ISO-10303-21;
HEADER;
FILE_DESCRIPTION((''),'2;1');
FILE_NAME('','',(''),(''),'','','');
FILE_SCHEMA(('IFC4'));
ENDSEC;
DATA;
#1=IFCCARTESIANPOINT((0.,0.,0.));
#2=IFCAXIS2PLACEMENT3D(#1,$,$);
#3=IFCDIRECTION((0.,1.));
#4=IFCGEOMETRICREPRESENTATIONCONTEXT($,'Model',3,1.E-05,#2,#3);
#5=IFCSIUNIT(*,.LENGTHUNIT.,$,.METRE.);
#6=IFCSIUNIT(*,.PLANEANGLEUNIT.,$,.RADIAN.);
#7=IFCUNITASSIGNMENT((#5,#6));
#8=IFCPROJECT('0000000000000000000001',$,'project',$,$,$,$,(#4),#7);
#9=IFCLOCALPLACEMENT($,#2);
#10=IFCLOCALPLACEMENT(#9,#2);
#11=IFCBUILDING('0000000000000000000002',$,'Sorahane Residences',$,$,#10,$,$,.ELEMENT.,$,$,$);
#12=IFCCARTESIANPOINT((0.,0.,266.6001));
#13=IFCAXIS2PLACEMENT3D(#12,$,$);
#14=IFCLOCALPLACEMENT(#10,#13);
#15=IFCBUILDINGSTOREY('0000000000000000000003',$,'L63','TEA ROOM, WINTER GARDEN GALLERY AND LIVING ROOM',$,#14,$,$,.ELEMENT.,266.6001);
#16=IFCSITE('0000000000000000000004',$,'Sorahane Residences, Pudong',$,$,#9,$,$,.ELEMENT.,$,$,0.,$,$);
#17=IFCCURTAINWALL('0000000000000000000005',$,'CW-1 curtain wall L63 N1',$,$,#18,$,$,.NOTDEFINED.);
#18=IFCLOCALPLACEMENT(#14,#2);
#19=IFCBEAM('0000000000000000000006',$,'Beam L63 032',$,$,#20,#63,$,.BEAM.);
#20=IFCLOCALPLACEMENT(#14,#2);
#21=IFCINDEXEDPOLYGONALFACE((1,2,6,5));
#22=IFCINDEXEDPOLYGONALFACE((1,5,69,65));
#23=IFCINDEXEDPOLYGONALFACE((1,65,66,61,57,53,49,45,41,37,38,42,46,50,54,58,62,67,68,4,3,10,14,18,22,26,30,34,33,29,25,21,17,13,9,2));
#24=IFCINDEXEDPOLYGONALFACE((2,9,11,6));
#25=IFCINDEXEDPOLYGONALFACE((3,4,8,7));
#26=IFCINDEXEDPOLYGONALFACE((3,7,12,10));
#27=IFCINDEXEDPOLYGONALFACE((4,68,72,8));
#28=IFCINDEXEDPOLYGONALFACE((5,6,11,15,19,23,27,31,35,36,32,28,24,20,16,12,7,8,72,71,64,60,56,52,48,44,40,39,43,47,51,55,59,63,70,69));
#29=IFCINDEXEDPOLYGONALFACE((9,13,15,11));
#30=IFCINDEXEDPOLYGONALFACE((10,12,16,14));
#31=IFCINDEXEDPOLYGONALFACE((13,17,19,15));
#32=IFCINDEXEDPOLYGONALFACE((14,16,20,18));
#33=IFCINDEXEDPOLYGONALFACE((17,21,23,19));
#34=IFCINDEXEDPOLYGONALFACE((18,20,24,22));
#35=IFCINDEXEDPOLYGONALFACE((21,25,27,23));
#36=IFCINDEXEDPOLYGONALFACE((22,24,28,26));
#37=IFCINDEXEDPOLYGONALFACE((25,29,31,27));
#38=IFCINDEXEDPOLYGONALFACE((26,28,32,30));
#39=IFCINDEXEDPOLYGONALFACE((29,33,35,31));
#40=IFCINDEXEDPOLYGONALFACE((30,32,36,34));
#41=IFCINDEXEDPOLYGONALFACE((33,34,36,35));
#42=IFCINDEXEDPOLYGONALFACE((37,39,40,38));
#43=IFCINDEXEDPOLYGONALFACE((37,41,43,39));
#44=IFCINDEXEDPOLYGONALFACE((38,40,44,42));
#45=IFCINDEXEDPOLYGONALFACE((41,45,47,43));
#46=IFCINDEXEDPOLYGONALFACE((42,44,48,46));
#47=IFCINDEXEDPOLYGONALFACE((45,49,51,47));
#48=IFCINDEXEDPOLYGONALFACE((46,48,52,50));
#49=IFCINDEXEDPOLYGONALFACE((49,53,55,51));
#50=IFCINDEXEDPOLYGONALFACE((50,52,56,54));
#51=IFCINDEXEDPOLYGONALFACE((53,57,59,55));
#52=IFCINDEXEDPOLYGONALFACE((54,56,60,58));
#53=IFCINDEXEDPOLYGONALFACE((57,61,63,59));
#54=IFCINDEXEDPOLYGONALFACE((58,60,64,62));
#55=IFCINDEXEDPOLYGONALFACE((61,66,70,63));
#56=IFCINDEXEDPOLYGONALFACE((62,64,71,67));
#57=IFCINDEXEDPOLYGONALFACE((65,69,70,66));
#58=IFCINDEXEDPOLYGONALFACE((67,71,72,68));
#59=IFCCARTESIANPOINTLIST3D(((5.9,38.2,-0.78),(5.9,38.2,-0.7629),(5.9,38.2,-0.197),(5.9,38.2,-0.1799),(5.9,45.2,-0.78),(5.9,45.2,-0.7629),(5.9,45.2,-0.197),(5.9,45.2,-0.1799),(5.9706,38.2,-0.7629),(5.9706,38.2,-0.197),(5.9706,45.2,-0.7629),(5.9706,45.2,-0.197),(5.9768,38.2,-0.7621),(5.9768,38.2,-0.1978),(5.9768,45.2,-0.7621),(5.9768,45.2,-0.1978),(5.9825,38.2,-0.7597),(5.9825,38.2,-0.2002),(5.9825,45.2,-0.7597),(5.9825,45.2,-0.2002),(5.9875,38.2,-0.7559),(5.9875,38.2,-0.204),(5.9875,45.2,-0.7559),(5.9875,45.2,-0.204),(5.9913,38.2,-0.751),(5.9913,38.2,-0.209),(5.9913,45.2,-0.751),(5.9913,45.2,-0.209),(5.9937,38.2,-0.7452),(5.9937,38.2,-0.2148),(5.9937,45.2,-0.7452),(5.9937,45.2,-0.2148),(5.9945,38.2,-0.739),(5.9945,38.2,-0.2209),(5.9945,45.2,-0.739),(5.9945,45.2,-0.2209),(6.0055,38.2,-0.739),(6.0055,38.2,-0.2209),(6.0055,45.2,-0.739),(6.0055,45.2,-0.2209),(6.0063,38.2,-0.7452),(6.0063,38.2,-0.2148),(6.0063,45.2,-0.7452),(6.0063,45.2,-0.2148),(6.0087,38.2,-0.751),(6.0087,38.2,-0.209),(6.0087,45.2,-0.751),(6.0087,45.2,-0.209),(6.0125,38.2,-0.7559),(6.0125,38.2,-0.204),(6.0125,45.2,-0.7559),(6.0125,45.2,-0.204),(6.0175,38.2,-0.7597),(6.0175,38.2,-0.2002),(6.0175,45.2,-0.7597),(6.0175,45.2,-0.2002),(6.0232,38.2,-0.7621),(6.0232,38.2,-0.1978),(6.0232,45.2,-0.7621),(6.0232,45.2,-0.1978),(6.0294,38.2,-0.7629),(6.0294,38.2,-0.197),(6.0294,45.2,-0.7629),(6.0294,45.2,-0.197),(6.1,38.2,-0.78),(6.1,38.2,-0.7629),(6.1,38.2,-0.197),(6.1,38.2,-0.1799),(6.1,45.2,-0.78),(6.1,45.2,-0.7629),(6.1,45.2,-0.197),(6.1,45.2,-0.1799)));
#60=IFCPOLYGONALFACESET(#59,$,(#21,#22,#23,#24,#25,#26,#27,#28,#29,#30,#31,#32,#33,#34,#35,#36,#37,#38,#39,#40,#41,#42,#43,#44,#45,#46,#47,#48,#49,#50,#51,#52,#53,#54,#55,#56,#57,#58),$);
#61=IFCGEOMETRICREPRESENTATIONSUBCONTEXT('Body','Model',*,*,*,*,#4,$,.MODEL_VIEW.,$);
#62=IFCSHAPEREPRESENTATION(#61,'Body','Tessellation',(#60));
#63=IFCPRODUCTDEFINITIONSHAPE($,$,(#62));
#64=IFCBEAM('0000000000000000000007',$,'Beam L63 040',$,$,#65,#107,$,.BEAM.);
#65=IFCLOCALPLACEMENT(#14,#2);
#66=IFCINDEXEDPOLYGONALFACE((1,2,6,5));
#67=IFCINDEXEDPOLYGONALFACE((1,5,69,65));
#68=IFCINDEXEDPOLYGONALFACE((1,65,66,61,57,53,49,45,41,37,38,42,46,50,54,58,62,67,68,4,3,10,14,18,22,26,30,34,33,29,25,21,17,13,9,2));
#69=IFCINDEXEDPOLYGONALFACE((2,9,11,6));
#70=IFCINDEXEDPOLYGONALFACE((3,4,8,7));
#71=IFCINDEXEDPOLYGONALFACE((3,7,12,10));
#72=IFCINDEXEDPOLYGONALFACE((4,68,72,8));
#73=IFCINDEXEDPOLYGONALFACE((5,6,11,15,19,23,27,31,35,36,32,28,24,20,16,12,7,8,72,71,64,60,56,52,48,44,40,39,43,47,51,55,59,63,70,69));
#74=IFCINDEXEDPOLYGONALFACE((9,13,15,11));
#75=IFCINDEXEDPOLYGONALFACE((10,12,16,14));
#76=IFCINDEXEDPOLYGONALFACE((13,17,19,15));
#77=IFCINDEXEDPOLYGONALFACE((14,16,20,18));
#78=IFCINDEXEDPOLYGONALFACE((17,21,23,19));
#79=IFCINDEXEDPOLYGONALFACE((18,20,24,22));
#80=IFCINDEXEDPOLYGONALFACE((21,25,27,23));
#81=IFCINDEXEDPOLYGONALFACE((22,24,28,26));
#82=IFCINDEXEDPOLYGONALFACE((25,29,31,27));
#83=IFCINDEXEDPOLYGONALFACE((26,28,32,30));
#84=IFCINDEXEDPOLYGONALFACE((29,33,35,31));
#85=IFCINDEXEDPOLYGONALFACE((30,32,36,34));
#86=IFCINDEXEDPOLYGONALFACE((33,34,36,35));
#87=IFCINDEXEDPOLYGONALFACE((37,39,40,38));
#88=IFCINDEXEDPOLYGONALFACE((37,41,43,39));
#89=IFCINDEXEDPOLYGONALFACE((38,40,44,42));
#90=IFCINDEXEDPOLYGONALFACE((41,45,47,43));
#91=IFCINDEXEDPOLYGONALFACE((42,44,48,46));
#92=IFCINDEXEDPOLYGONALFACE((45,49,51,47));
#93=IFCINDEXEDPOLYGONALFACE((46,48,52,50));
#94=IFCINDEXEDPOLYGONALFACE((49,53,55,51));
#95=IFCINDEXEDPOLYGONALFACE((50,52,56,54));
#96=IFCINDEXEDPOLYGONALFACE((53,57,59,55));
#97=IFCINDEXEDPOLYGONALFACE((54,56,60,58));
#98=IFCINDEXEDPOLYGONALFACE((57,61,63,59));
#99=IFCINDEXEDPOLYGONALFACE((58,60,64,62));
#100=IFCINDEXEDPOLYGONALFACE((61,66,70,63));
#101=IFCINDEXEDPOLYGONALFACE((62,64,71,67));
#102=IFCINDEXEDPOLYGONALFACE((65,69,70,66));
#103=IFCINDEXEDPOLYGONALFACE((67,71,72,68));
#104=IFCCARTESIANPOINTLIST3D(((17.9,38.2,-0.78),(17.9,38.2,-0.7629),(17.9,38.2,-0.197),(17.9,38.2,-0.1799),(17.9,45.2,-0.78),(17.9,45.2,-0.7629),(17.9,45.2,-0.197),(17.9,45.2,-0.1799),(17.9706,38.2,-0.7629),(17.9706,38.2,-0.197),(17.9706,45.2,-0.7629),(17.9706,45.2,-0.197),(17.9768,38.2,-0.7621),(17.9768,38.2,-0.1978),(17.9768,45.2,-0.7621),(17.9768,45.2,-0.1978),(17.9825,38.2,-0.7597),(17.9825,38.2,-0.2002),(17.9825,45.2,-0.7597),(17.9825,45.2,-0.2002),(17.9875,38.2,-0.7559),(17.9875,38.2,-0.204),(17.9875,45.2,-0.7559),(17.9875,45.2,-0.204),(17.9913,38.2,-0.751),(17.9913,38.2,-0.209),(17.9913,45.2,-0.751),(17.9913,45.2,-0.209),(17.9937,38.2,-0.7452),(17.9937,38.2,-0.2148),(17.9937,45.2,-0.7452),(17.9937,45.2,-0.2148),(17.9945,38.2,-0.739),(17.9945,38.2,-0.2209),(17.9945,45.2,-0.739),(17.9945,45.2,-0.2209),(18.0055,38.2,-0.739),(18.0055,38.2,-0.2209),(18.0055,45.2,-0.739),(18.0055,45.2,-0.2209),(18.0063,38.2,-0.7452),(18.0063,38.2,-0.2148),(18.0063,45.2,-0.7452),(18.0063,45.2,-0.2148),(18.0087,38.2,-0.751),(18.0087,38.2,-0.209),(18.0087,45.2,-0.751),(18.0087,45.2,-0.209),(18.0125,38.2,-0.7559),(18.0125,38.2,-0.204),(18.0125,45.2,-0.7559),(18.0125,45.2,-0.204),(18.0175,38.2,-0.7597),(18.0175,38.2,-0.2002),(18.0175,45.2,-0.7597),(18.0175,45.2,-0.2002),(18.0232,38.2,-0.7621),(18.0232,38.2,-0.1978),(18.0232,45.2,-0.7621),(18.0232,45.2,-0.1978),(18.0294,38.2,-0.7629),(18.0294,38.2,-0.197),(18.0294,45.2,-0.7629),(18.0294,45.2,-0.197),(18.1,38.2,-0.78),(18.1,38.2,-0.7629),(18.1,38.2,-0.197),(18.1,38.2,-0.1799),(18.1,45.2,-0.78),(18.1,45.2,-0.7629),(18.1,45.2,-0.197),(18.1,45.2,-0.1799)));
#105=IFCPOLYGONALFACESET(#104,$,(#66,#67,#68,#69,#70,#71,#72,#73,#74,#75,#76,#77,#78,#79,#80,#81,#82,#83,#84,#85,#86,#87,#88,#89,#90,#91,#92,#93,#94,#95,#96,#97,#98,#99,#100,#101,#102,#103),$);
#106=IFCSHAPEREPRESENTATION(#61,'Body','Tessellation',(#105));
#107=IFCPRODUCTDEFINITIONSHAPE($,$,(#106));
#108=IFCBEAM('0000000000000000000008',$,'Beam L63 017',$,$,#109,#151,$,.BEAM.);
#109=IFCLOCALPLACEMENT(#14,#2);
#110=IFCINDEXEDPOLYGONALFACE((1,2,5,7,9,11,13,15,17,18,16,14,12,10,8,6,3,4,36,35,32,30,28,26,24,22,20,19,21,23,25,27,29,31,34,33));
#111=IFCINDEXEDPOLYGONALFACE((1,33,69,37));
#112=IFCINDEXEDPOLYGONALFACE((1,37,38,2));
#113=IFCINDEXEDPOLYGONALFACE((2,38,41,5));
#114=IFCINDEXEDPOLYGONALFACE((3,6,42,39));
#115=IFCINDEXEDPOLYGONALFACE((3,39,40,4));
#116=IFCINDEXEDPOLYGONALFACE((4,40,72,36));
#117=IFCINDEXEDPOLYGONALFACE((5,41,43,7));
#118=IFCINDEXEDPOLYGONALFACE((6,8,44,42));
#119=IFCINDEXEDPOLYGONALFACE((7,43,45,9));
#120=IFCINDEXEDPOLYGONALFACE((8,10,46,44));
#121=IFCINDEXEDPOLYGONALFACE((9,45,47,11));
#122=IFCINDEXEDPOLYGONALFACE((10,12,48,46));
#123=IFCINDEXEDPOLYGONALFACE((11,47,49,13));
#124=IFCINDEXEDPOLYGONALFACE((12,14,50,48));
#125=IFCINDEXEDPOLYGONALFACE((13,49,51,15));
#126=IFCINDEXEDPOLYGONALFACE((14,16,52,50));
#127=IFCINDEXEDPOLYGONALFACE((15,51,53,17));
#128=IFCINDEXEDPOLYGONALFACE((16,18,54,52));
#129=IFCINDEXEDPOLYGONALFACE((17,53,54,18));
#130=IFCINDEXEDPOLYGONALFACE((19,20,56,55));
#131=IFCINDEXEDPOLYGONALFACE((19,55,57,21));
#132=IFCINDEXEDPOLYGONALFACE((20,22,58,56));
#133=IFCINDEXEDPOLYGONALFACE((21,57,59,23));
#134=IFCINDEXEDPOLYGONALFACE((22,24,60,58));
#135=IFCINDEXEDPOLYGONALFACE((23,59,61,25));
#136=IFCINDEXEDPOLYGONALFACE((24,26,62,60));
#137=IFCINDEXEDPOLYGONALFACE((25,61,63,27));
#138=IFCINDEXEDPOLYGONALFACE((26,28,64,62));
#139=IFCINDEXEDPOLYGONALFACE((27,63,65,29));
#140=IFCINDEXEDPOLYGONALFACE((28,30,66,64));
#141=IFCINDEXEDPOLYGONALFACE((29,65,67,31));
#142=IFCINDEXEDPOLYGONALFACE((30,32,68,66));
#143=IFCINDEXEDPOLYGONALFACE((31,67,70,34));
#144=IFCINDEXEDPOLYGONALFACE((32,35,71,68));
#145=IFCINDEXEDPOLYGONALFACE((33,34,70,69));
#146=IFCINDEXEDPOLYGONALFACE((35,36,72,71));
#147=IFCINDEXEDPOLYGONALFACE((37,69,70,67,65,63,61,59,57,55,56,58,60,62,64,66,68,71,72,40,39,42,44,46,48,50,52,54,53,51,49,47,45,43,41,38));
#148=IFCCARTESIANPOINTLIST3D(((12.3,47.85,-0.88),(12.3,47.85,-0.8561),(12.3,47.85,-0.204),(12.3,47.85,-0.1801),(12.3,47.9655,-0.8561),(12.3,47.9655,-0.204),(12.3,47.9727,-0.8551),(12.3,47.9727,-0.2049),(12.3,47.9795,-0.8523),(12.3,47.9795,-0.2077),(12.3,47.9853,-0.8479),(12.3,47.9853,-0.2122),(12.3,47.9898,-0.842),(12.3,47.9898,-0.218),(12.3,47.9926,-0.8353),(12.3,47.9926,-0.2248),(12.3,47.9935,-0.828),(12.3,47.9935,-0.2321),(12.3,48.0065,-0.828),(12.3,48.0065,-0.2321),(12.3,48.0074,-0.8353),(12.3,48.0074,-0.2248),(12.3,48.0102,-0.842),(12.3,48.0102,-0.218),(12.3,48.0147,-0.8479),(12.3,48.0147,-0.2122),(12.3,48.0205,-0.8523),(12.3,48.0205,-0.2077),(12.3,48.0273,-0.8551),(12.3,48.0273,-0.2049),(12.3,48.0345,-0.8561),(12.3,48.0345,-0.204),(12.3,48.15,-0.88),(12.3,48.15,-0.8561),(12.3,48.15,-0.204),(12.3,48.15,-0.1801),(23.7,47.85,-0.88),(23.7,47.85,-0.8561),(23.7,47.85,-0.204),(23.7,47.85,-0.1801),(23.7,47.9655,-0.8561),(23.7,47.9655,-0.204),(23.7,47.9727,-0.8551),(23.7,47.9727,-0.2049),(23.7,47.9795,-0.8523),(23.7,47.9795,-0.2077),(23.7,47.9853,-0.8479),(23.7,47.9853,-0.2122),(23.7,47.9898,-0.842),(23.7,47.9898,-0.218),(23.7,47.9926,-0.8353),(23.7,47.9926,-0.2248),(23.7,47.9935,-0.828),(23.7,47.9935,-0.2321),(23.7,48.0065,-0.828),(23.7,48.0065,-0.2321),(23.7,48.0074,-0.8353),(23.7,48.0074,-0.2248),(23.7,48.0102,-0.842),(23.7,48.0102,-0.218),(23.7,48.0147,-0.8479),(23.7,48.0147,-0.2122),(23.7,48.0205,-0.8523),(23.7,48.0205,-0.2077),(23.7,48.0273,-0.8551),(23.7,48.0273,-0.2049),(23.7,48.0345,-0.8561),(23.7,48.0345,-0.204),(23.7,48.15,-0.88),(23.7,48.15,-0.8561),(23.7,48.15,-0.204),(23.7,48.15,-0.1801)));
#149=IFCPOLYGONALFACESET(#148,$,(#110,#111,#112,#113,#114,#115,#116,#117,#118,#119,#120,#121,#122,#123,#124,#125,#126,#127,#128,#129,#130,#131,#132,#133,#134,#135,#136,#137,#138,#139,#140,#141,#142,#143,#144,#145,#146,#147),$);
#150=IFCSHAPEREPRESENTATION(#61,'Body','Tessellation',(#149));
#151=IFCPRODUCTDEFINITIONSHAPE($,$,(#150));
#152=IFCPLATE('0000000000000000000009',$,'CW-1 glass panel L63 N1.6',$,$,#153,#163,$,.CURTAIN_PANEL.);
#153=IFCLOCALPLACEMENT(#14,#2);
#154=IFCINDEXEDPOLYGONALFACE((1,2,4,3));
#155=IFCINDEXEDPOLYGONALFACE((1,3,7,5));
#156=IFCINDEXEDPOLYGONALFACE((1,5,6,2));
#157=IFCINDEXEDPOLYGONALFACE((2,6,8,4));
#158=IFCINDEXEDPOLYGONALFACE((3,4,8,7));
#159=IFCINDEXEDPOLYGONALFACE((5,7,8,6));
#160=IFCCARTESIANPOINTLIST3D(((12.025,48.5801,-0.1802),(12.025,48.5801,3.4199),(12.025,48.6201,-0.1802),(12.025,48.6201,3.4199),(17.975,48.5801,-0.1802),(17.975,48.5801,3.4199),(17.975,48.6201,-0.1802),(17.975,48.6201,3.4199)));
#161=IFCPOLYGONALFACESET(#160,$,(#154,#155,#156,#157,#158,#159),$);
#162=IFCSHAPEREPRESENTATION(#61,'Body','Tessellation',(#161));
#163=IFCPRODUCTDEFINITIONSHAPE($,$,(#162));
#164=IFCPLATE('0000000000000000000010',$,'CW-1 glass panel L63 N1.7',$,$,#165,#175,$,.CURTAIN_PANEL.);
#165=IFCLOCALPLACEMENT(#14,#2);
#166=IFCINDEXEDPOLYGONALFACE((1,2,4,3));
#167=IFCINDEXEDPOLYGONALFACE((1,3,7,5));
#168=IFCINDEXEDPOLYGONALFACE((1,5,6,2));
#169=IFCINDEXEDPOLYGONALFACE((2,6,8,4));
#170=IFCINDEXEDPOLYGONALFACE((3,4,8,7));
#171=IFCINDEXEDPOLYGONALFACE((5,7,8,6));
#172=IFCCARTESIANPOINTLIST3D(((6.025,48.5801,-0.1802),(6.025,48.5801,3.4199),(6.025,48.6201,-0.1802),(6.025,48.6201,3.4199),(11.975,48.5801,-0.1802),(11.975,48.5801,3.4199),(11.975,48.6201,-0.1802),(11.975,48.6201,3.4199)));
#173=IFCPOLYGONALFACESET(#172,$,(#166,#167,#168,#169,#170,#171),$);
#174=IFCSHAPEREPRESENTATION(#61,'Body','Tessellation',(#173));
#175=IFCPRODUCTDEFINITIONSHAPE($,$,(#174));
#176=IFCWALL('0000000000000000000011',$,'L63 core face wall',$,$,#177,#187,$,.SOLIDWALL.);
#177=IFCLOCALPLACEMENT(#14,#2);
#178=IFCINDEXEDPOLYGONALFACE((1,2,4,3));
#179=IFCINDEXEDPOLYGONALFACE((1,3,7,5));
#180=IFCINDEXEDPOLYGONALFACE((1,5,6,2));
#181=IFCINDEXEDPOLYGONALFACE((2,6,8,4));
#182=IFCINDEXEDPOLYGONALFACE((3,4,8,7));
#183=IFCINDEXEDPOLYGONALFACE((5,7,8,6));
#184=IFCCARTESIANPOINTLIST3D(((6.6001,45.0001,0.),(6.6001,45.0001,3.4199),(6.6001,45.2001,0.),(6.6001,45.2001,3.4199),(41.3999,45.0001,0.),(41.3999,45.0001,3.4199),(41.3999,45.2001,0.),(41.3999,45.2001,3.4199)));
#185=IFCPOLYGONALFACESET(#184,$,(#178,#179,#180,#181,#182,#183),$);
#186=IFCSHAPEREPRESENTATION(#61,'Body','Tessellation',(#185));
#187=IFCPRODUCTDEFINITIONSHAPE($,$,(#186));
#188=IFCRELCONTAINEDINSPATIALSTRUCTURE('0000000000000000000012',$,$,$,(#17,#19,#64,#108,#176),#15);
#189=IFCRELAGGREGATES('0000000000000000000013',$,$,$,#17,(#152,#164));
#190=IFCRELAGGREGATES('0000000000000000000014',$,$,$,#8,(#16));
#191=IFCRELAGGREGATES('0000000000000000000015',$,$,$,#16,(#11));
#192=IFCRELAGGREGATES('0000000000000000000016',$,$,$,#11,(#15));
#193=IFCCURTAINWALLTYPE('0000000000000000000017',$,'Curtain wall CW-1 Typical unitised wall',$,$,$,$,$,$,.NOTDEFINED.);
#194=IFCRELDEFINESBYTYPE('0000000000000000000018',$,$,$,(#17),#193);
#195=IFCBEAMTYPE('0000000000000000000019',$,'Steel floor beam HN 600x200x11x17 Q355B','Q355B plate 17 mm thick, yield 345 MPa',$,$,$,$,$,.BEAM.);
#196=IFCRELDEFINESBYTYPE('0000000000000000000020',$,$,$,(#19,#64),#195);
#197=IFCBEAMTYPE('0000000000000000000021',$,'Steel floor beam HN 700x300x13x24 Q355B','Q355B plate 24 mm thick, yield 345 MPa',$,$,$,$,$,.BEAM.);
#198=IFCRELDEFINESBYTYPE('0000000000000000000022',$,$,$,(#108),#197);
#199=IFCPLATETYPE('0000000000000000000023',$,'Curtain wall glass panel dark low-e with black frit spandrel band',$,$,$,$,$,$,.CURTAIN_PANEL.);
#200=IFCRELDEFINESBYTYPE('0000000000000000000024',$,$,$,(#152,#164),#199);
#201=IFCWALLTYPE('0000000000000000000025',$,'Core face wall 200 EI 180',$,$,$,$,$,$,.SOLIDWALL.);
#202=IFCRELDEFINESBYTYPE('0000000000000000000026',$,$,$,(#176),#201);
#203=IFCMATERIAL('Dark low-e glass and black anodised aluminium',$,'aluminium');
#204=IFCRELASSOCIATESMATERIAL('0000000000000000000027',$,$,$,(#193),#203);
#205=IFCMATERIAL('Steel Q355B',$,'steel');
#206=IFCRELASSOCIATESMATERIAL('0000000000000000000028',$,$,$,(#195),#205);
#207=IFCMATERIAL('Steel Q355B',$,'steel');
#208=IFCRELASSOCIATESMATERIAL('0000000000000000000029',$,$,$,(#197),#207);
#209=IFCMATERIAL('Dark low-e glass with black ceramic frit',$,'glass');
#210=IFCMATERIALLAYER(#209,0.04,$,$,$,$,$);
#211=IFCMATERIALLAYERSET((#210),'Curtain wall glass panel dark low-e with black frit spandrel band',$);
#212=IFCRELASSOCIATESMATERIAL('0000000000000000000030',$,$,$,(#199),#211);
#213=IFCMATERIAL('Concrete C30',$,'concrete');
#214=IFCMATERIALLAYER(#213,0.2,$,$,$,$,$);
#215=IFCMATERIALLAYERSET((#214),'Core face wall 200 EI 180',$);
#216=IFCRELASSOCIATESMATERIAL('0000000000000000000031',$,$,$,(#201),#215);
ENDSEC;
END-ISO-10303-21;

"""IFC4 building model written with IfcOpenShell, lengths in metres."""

from ifc_helpers import new_model, si_unit, direction, frame, frame_2d, origin, origin_2d, place, context, subcontext, project, spatial, rectangle, i_section, extrude, material, layer, layer_set, material_profile, profile_set, type_object, element, aggregate, save


model = new_model("IFC4")

# Units and contexts
model_context = context("Model", 3, precision=1e-05, world=origin(), true_north=direction((0.0, 1.0)))
body_context = subcontext(model_context, "Body", "Model", "MODEL_VIEW")
ifc_project = project(units=[si_unit("LENGTHUNIT", "METRE"), si_unit("PLANEANGLEUNIT", "RADIAN")], contexts=[model_context])

# Site, building, storey
site_placement = place(None, origin())
site = spatial("IfcSite", under=ifc_project, at=site_placement, Name="Sorahane Residences, Pudong", CompositionType="ELEMENT", RefElevation=0.0)
building_placement = place(site_placement, origin())
building = spatial("IfcBuilding", under=site, at=building_placement, Name="Sorahane Residences", CompositionType="ELEMENT")
storey_placement = place(building_placement, frame((0.0, 0.0, 266.6001)))
storey = spatial("IfcBuildingStorey", under=building, at=storey_placement, Name="L63", Description="TEA ROOM, WINTER GARDEN GALLERY AND LIVING ROOM", CompositionType="ELEMENT", Elevation=266.6001)

# Curtain wall
ifc_material_1 = material(Name="Dark low-e glass and black anodised aluminium", Category="aluminium")
curtain_wall_type = type_object("IfcCurtainWallType", Name="Curtain wall CW-1 Typical unitised wall", PredefinedType="NOTDEFINED", material=ifc_material_1)
curtain_wall_placement = place(storey_placement, origin())
curtain_wall = element("IfcCurtainWall", 1, at=curtain_wall_placement, inside=storey, type_object=curtain_wall_type, Name="CW-1 curtain wall L63 N1", PredefinedType="NOTDEFINED")

# Beams
ifc_material_2 = material(Name="Steel Q355B", Category="steel")
ifc_material_profile_1 = material_profile(ifc_material_2, i_section(OverallWidth=0.2, OverallDepth=0.6001, WebThickness=0.011, FlangeThickness=0.0171, FilletRadius=0.0239, at=origin_2d()), Name="HN 600x200x11x17")
ifc_profile_set_1 = profile_set([ifc_material_profile_1], Name="Steel Q355B")
beam_type_1 = type_object("IfcBeamType", Name="Steel floor beam HN 600x200x11x17 Q355B", Description="Q355B plate 17 mm thick, yield 345 MPa", PredefinedType="BEAM", material=ifc_profile_set_1)
for number, where, z_axis, x_axis, name in (
    (2, (6.0, 38.2, -0.48), (0.0, 1.0, 0.0), (-1.0, 0.0, 0.0), "Beam L63 032"),
    (3, (18.0, 38.2, -0.48), (0.0, 1.0, 0.0), (-1.0, 0.0, 0.0), "Beam L63 040"),
):
    element("IfcBeam", number, at=place(storey_placement, frame(where, z_axis=z_axis, x_axis=x_axis)), inside=storey, type_object=beam_type_1, Name=name, PredefinedType="BEAM", context=body_context, shape_type="SweptSolid", body=[
        extrude(i_section(OverallWidth=0.2, OverallDepth=0.6001, WebThickness=0.011, FlangeThickness=0.0171, FilletRadius=0.0239, at=origin_2d()), origin(), (0.0, 0.0, 1.0), 7.0),
    ])
ifc_material_3 = material(Name="Steel Q355B", Category="steel")
ifc_material_profile_2 = material_profile(ifc_material_3, i_section(OverallWidth=0.3, OverallDepth=0.7, WebThickness=0.0129, FlangeThickness=0.0239, FilletRadius=0.0281, at=origin_2d()), Name="HN 700x300x13x24")
ifc_profile_set_2 = profile_set([ifc_material_profile_2], Name="Steel Q355B")
beam_type_2 = type_object("IfcBeamType", Name="Steel floor beam HN 700x300x13x24 Q355B", Description="Q355B plate 24 mm thick, yield 345 MPa", PredefinedType="BEAM", material=ifc_profile_set_2)
beam_1_placement = place(storey_placement, frame((12.3, 48.0, -0.53), z_axis=(1.0, 0.0, 0.0), x_axis=(0.0, 1.0, 0.0)))
element("IfcBeam", 4, at=beam_1_placement, inside=storey, type_object=beam_type_2, Name="Beam L63 017", PredefinedType="BEAM", context=body_context, shape_type="SweptSolid", body=[
    extrude(i_section(OverallWidth=0.3, OverallDepth=0.7, WebThickness=0.0129, FlangeThickness=0.0239, FilletRadius=0.0281, at=origin_2d()), origin(), (0.0, 0.0, 1.0), 11.3999),
])

# Plates
ifc_material_4 = material(Name="Dark low-e glass with black ceramic frit", Category="glass")
ifc_layer_1 = layer(ifc_material_4, 0.04)
ifc_layer_set_1 = layer_set([ifc_layer_1], Name="Curtain wall glass panel dark low-e with black frit spandrel band")
plate_type = type_object("IfcPlateType", Name="Curtain wall glass panel dark low-e with black frit spandrel band", PredefinedType="CURTAIN_PANEL", material=ifc_layer_set_1)
plate_1_placement = place(storey_placement, frame((15.0, 48.6001, -0.1802), z_axis=(0.0, 0.0, 1.0), x_axis=(-1.0, 0.0, 0.0)))
plate_1 = element("IfcPlate", 5, at=plate_1_placement, type_object=plate_type, Name="CW-1 glass panel L63 N1.6", PredefinedType="CURTAIN_PANEL", context=body_context, shape_type="SweptSolid", body=[
    extrude(rectangle(XDim=5.95, YDim=0.04, at=origin_2d()), origin(), (0.0, 0.0, 1.0), 3.6001),
])
plate_2_placement = place(storey_placement, frame((9.0, 48.6001, -0.1802), z_axis=(0.0, 0.0, 1.0), x_axis=(-1.0, 0.0, 0.0)))
plate_2 = element("IfcPlate", 6, at=plate_2_placement, type_object=plate_type, Name="CW-1 glass panel L63 N1.7", PredefinedType="CURTAIN_PANEL", context=body_context, shape_type="SweptSolid", body=[
    extrude(rectangle(XDim=5.95, YDim=0.04, at=origin_2d()), origin(), (0.0, 0.0, 1.0), 3.6001),
])
aggregate(curtain_wall, [plate_1, plate_2])

# Wall
ifc_material_5 = material(Name="Concrete C30", Category="concrete")
ifc_layer_2 = layer(ifc_material_5, 0.2)
ifc_layer_set_2 = layer_set([ifc_layer_2], Name="Core face wall 200 EI 180")
wall_type_1 = type_object("IfcWallType", Name="Core face wall 200 EI 180", PredefinedType="SOLIDWALL", material=ifc_layer_set_2)
wall_1_placement = place(storey_placement, frame((6.6001, 45.1001, 0.0), z_axis=(0.0, 0.0, 1.0), x_axis=(1.0, 0.0, 0.0)))
element("IfcWall", 7, at=wall_1_placement, inside=storey, type_object=wall_type_1, Name="L63 core face wall", PredefinedType="SOLIDWALL", context=body_context, shape_type="SweptSolid", body=[
    extrude(rectangle(XDim=34.7998, YDim=0.2, at=frame_2d((17.3999, 0.0))), origin(), (0.0, 0.0, 1.0), 3.4199),
])

save(model, "model.ifc")
